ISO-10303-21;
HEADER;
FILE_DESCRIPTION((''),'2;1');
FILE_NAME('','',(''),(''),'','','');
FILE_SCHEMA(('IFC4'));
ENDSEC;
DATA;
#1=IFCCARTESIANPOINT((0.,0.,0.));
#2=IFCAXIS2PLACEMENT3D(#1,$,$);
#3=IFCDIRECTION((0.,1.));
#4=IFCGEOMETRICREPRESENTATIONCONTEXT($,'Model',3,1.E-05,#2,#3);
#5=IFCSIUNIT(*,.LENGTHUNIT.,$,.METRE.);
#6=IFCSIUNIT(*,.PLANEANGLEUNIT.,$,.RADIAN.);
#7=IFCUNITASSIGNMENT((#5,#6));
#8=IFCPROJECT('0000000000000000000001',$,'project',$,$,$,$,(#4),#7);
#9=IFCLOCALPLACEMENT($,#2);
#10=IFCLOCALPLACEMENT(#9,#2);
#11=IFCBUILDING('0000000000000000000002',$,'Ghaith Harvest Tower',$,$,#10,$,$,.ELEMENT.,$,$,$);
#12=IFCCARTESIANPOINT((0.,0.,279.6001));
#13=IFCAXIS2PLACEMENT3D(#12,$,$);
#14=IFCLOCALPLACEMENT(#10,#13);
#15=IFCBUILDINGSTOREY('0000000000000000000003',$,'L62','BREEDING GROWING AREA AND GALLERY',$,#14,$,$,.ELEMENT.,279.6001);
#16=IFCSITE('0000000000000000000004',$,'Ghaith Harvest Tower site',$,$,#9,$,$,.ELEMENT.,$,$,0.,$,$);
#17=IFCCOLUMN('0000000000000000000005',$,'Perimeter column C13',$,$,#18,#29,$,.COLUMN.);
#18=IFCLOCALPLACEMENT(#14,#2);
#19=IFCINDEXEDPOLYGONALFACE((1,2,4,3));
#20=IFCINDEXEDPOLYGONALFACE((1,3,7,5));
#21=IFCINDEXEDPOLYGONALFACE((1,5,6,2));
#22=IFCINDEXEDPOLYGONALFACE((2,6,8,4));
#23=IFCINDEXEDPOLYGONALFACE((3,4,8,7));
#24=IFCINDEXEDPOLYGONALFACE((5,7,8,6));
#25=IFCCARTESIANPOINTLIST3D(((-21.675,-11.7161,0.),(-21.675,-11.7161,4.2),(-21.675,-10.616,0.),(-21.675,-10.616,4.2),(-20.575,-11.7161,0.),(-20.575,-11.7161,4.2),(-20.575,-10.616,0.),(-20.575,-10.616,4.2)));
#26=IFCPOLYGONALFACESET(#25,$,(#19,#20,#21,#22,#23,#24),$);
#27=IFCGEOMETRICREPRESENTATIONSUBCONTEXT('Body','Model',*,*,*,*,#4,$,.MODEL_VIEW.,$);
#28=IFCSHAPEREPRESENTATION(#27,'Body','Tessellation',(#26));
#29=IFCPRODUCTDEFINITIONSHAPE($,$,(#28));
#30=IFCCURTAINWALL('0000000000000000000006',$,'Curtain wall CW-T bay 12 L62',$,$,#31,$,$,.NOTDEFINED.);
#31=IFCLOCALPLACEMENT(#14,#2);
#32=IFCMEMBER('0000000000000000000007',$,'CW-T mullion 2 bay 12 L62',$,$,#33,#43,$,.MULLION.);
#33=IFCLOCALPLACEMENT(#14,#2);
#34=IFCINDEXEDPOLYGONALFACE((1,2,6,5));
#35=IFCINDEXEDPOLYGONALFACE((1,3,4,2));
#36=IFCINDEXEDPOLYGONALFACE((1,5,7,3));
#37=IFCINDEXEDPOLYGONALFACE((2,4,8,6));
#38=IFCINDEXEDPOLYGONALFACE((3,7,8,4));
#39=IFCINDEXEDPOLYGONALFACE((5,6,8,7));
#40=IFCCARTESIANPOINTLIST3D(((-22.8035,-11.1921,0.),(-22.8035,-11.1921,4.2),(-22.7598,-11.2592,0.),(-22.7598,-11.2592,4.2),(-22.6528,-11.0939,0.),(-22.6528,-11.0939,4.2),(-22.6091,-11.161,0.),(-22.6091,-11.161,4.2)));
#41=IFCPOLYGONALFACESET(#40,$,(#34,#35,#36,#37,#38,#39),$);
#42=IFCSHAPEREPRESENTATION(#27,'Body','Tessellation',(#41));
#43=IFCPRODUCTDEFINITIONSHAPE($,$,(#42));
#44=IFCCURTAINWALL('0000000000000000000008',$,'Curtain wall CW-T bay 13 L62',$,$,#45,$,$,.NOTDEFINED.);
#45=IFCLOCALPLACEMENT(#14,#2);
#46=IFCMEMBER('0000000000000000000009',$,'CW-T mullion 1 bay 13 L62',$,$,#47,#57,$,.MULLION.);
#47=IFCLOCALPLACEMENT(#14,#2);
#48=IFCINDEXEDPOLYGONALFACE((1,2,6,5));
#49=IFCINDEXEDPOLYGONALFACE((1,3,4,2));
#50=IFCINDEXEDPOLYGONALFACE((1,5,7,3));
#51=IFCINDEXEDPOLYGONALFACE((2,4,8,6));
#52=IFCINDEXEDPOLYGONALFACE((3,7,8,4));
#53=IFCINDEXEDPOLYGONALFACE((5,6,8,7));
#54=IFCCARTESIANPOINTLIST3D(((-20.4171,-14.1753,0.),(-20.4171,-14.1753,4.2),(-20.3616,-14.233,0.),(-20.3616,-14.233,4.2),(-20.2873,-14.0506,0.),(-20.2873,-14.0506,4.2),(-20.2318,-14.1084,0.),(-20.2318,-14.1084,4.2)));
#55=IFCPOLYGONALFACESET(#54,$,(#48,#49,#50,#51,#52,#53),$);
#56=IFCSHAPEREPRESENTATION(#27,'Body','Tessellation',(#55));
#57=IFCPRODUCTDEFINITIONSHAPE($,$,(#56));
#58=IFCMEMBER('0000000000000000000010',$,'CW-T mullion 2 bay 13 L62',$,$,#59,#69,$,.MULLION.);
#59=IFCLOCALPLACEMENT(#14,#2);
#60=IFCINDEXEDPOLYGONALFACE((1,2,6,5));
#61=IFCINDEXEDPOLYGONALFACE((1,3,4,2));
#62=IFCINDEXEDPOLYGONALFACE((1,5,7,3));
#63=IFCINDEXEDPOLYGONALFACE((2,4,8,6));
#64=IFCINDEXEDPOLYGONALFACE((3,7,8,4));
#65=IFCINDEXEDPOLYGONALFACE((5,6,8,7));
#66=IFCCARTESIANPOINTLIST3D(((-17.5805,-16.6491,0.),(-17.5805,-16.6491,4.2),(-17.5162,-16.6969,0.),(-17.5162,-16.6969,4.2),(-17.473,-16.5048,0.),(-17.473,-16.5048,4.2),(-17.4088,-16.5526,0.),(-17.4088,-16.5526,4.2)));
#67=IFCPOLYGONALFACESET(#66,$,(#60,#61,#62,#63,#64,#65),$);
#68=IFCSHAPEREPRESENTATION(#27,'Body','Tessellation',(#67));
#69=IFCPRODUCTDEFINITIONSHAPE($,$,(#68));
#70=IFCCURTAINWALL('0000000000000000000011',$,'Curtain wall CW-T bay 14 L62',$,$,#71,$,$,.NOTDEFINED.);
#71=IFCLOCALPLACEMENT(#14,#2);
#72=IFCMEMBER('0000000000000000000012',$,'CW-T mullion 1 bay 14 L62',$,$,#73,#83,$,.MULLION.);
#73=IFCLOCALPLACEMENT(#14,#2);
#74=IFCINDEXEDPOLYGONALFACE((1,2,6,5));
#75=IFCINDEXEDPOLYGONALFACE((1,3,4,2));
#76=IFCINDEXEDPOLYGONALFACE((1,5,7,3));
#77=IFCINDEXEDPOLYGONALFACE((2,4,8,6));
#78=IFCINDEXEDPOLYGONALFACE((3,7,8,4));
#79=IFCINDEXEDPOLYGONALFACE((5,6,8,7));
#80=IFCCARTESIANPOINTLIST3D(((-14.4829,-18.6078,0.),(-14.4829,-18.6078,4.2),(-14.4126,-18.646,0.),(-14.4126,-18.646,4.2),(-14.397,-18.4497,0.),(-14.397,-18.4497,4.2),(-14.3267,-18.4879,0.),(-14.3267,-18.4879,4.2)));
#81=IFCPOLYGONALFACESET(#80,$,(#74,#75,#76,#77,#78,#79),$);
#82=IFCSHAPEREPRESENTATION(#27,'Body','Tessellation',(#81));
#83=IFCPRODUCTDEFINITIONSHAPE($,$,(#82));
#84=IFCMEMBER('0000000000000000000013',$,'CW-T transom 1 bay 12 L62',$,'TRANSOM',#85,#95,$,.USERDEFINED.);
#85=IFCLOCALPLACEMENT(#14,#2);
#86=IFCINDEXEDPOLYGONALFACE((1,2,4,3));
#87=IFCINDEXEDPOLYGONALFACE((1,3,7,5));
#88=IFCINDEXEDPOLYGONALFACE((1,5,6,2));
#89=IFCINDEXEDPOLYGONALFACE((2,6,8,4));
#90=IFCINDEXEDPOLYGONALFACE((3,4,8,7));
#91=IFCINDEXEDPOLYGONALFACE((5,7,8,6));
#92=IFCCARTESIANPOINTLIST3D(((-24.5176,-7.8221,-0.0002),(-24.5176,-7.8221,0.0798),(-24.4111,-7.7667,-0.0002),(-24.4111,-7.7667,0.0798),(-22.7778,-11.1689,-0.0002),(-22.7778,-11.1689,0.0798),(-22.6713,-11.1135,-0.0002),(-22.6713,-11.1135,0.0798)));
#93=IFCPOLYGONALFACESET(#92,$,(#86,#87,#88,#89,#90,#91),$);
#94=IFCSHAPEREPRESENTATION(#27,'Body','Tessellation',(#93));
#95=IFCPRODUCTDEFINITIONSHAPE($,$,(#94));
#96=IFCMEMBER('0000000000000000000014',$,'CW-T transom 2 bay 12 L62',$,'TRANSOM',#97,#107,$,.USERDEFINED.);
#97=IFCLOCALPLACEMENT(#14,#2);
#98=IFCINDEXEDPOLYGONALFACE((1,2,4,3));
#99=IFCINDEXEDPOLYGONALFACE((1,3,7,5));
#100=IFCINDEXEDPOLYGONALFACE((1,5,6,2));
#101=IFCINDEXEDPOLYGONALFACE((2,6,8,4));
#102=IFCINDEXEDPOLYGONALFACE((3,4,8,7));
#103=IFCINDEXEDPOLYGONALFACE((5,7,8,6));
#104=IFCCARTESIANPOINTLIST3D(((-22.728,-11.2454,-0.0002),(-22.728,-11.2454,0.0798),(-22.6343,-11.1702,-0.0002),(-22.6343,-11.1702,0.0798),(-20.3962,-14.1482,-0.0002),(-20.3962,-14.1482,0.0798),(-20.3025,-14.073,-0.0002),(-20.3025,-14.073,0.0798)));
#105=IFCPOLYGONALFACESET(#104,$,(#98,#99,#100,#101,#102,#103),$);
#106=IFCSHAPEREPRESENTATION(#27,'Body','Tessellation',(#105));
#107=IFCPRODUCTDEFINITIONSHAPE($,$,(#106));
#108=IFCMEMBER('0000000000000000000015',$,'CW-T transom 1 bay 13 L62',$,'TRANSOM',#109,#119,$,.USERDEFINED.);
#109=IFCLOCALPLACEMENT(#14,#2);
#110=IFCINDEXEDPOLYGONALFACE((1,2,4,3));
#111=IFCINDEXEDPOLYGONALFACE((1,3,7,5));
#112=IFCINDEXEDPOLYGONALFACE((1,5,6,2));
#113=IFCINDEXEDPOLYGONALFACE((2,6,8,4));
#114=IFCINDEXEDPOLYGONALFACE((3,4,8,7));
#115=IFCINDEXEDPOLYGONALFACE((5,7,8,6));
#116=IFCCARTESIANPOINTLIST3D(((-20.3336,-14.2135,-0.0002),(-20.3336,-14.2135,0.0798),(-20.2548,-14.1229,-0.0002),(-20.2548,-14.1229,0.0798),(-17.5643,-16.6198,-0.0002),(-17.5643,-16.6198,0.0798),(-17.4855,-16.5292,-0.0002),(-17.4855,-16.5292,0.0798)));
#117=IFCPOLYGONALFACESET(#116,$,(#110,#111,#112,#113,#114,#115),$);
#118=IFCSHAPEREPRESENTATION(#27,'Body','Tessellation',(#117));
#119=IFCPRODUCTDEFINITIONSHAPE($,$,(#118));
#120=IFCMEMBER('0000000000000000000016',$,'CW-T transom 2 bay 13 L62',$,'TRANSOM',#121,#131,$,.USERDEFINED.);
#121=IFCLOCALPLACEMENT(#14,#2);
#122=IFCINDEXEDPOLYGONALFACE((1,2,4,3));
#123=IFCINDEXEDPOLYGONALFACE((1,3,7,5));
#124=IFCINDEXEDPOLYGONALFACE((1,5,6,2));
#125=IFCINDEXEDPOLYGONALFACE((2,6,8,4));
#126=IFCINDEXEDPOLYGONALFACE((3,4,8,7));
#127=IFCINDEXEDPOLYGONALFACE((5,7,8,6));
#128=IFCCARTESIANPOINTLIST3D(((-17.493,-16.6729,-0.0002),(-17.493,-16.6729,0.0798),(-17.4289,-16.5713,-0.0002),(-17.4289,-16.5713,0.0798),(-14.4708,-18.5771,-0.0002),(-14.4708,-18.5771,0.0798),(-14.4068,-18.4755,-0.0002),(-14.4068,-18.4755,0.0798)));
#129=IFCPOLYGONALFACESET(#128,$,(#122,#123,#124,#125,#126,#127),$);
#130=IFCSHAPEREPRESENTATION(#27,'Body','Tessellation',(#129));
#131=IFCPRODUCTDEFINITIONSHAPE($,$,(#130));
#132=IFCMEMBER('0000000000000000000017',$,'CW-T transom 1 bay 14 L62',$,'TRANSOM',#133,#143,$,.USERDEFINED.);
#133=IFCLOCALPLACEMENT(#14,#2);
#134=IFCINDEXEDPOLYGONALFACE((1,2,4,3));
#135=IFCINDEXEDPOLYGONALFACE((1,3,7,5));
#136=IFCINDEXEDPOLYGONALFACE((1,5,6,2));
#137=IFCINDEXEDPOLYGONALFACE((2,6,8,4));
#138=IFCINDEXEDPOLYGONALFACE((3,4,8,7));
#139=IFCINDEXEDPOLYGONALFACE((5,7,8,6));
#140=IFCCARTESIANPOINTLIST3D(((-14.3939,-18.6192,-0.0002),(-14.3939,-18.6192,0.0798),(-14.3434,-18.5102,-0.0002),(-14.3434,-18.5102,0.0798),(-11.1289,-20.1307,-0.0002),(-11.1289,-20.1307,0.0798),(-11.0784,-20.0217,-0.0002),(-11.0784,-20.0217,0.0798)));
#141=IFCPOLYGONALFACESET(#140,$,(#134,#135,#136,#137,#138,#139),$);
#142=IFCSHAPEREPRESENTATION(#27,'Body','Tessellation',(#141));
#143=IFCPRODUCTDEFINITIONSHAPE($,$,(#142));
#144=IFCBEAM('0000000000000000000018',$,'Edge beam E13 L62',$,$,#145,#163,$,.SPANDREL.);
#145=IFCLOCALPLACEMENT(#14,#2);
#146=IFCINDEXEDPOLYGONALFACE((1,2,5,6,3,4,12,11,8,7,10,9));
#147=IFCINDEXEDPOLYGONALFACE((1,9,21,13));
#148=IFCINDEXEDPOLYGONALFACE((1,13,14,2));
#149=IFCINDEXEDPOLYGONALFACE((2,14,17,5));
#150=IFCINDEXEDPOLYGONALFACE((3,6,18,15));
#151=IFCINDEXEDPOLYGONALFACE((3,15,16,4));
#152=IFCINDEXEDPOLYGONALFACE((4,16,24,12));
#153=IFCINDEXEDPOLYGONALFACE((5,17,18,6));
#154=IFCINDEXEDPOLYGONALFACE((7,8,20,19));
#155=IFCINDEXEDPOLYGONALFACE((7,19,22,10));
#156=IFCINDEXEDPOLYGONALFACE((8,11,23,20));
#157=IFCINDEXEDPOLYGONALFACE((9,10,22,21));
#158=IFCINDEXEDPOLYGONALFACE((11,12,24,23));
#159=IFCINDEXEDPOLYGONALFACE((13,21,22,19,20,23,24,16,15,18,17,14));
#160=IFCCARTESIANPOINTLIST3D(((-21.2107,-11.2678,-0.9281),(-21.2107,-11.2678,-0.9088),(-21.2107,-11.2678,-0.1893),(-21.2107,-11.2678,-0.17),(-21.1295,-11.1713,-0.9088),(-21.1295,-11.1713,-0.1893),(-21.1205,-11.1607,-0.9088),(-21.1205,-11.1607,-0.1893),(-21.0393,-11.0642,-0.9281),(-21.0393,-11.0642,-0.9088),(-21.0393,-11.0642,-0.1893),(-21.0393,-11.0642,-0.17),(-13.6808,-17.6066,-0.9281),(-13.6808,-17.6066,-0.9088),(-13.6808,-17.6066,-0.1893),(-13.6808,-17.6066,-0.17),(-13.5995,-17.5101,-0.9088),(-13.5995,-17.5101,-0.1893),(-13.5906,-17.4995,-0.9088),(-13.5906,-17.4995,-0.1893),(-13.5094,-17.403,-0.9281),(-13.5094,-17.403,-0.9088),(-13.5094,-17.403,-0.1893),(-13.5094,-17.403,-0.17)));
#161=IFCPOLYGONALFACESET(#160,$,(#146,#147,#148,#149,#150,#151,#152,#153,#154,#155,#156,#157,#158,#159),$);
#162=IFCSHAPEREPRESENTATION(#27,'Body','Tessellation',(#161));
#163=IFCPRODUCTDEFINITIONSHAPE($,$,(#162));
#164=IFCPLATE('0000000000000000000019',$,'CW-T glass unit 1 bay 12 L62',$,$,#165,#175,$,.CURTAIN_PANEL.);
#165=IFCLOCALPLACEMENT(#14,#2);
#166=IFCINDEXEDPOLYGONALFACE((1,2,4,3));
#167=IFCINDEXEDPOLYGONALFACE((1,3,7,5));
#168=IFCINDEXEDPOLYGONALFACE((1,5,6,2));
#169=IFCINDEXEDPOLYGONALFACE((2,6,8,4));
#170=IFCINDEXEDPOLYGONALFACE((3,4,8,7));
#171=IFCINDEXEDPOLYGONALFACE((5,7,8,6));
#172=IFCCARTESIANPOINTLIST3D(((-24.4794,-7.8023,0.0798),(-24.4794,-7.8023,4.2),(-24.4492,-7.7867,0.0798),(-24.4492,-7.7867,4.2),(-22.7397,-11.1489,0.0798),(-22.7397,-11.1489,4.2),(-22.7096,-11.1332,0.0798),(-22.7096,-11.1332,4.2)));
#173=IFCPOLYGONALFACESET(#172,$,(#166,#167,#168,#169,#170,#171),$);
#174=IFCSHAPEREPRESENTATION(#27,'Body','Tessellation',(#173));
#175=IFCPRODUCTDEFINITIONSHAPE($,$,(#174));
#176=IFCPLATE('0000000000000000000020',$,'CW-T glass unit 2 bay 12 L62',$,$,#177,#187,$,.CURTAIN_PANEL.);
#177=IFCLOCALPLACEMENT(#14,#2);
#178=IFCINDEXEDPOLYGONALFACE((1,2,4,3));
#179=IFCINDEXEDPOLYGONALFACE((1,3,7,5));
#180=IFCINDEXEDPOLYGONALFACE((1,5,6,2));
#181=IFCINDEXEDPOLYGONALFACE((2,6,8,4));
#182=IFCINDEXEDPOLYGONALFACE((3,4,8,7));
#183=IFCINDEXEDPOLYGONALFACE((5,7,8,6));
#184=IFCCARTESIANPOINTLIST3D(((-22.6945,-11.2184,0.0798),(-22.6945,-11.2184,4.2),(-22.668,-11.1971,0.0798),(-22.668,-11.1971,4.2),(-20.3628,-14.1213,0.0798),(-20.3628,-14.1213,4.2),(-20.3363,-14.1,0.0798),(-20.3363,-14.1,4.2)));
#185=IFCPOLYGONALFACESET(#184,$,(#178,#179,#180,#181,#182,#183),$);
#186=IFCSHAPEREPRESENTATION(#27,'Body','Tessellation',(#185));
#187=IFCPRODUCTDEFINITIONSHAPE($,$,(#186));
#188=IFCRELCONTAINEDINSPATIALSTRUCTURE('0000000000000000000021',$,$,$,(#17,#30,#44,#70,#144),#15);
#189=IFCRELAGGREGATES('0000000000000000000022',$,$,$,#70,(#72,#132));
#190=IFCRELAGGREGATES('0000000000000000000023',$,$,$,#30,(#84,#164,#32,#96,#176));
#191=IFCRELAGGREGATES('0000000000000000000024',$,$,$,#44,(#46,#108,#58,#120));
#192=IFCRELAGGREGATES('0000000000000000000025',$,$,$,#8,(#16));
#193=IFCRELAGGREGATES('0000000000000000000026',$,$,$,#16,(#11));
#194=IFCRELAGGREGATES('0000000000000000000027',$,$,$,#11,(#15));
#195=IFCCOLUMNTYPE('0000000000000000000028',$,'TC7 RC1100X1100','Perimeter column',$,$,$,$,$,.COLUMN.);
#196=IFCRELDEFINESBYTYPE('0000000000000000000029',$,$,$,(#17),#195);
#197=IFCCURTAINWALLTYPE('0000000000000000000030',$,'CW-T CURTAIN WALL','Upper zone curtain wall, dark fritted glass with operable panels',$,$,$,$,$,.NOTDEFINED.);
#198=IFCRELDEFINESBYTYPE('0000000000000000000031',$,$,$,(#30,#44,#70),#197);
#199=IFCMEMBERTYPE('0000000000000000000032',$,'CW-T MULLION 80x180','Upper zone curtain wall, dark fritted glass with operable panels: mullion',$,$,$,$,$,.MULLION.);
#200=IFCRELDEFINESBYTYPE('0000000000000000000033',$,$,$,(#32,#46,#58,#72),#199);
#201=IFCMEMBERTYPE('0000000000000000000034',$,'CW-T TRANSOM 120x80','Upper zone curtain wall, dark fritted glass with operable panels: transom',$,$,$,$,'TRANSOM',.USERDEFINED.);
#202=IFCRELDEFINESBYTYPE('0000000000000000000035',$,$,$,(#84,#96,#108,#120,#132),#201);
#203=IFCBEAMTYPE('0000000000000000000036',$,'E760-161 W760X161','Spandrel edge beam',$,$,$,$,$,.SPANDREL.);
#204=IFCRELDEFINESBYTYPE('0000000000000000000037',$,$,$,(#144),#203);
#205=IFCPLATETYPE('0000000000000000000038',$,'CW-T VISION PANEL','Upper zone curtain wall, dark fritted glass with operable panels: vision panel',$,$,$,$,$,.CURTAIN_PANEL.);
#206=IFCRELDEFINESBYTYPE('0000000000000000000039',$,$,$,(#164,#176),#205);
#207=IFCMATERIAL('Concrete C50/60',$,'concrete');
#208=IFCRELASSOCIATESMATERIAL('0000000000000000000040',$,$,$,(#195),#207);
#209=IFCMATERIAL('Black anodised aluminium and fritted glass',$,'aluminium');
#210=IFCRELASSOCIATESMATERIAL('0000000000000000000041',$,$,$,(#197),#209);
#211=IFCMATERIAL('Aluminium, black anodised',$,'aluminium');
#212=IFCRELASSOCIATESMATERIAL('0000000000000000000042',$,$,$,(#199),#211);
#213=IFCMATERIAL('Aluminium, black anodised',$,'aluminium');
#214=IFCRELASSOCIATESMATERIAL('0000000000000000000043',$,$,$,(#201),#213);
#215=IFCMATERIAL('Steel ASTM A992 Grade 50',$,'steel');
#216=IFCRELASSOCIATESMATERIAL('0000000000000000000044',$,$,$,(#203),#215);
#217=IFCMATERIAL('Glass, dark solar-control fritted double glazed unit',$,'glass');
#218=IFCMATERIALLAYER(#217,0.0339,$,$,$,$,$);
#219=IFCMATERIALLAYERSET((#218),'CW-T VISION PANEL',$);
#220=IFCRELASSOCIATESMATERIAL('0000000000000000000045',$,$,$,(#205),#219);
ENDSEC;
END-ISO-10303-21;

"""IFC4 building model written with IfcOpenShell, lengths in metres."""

from ifc_helpers import new_model, si_unit, direction, frame, origin, origin_2d, place, context, subcontext, project, spatial, rectangle, i_section, extrude, material, layer, layer_set, material_profile, profile_set, type_object, element, aggregate, save


model = new_model("IFC4")

# Units and contexts
model_context = context("Model", 3, precision=1e-05, world=origin(), true_north=direction((0.0, 1.0)))
body_context = subcontext(model_context, "Body", "Model", "MODEL_VIEW")
ifc_project = project(units=[si_unit("LENGTHUNIT", "METRE"), si_unit("PLANEANGLEUNIT", "RADIAN")], contexts=[model_context])

# Site, building, storey
site_placement = place(None, origin())
site = spatial("IfcSite", under=ifc_project, at=site_placement, Name="Ghaith Harvest Tower site", CompositionType="ELEMENT", RefElevation=0.0)
building_placement = place(site_placement, origin())
building = spatial("IfcBuilding", under=site, at=building_placement, Name="Ghaith Harvest Tower", CompositionType="ELEMENT")
storey_placement = place(building_placement, frame((0.0, 0.0, 279.6001)))
storey = spatial("IfcBuildingStorey", under=building, at=storey_placement, Name="L62", Description="BREEDING GROWING AREA AND GALLERY", CompositionType="ELEMENT", Elevation=279.6001)

# Column
ifc_material_1 = material(Name="Concrete C50/60", Category="concrete")
ifc_material_profile_1 = material_profile(ifc_material_1, rectangle(XDim=1.1001, YDim=1.1001, at=origin_2d()), Name="RC1100X1100")
ifc_profile_set_1 = profile_set([ifc_material_profile_1], Name="Concrete C50/60")
column_type = type_object("IfcColumnType", Name="TC7 RC1100X1100", Description="Perimeter column", PredefinedType="COLUMN", material=ifc_profile_set_1)
column_placement = place(storey_placement, frame((-21.125, -11.166, 0.0), z_axis=(0.0, 0.0, 1.0), x_axis=(1.0, 0.0, 0.0)))
element("IfcColumn", 1, at=column_placement, inside=storey, type_object=column_type, Name="Perimeter column C13", PredefinedType="COLUMN", context=body_context, shape_type="SweptSolid", body=[
    extrude(rectangle(XDim=1.1001, YDim=1.1001, at=origin_2d()), origin(), (0.0, 0.0, 1.0), 4.2),
])

# Curtain wall, member
ifc_material_2 = material(Name="Black anodised aluminium and fritted glass", Category="aluminium")
curtain_wall_type = type_object("IfcCurtainWallType", Name="CW-T CURTAIN WALL", Description="Upper zone curtain wall, dark fritted glass with operable panels", PredefinedType="NOTDEFINED", material=ifc_material_2)
curtain_wall_1_placement = place(storey_placement, origin())
curtain_wall_1 = element("IfcCurtainWall", 2, at=curtain_wall_1_placement, inside=storey, type_object=curtain_wall_type, Name="Curtain wall CW-T bay 12 L62", PredefinedType="NOTDEFINED")
ifc_material_3 = material(Name="Aluminium, black anodised", Category="aluminium")
ifc_material_profile_2 = material_profile(ifc_material_3, rectangle(XDim=0.0801, YDim=0.1799, at=origin_2d()), Name="CW-T MULLION 80x180")
ifc_profile_set_2 = profile_set([ifc_material_profile_2], Name="Aluminium, black anodised")
member_type_1 = type_object("IfcMemberType", Name="CW-T MULLION 80x180", Description="Upper zone curtain wall, dark fritted glass with operable panels: mullion", PredefinedType="MULLION", material=ifc_profile_set_2)
member_1_placement = place(storey_placement, frame((-22.7063, -11.1765, 0.0), z_axis=(0.0, 0.0, 1.0), x_axis=(0.545865, -0.837873, 0.0)))
member_1 = element("IfcMember", 3, at=member_1_placement, type_object=member_type_1, Name="CW-T mullion 2 bay 12 L62", PredefinedType="MULLION", context=body_context, shape_type="SweptSolid", body=[
    extrude(rectangle(XDim=0.0801, YDim=0.1799, at=origin_2d()), origin(), (0.0, 0.0, 1.0), 4.2),
])

# Curtain wall, members
curtain_wall_2_placement = place(storey_placement, origin())
curtain_wall_2 = element("IfcCurtainWall", 4, at=curtain_wall_2_placement, inside=storey, type_object=curtain_wall_type, Name="Curtain wall CW-T bay 13 L62", PredefinedType="NOTDEFINED")
member_2_placement = place(storey_placement, frame((-20.3245, -14.1418, 0.0), z_axis=(0.0, 0.0, 1.0), x_axis=(0.692826, -0.721104, 0.0)))
member_2 = element("IfcMember", 5, at=member_2_placement, type_object=member_type_1, Name="CW-T mullion 1 bay 13 L62", PredefinedType="MULLION", context=body_context, shape_type="SweptSolid", body=[
    extrude(rectangle(XDim=0.0801, YDim=0.1799, at=origin_2d()), origin(), (0.0, 0.0, 1.0), 4.2),
])
member_3_placement = place(storey_placement, frame((-17.4946, -16.6008, 0.0), z_axis=(0.0, 0.0, 1.0), x_axis=(0.80219, -0.597069, 0.0)))
member_3 = element("IfcMember", 6, at=member_3_placement, type_object=member_type_1, Name="CW-T mullion 2 bay 13 L62", PredefinedType="MULLION", context=body_context, shape_type="SweptSolid", body=[
    extrude(rectangle(XDim=0.0801, YDim=0.1799, at=origin_2d()), origin(), (0.0, 0.0, 1.0), 4.2),
])

# Curtain wall, member
curtain_wall_3_placement = place(storey_placement, origin())
curtain_wall_3 = element("IfcCurtainWall", 7, at=curtain_wall_3_placement, inside=storey, type_object=curtain_wall_type, Name="Curtain wall CW-T bay 14 L62", PredefinedType="NOTDEFINED")
member_4_placement = place(storey_placement, frame((-14.4048, -18.5479, 0.0), z_axis=(0.0, 0.0, 1.0), x_axis=(0.878672, -0.477426, 0.0)))
member_4 = element("IfcMember", 8, at=member_4_placement, type_object=member_type_1, Name="CW-T mullion 1 bay 14 L62", PredefinedType="MULLION", context=body_context, shape_type="SweptSolid", body=[
    extrude(rectangle(XDim=0.0801, YDim=0.1799, at=origin_2d()), origin(), (0.0, 0.0, 1.0), 4.2),
])

# Members
ifc_material_4 = material(Name="Aluminium, black anodised", Category="aluminium")
ifc_material_profile_3 = material_profile(ifc_material_4, rectangle(XDim=0.1201, YDim=0.0801, at=origin_2d()), Name="CW-T TRANSOM 120x80")
ifc_profile_set_3 = profile_set([ifc_material_profile_3], Name="Aluminium, black anodised")
member_type_2 = type_object("IfcMemberType", Name="CW-T TRANSOM 120x80", Description="Upper zone curtain wall, dark fritted glass with operable panels: transom", ElementType="TRANSOM", PredefinedType="USERDEFINED", material=ifc_profile_set_3)
member_5_placement = place(storey_placement, frame((-24.4644, -7.7944, 0.0398), z_axis=(0.461243, -0.887274, 0.0), x_axis=(0.887274, 0.461243, 0.0)))
member_5 = element("IfcMember", 9, at=member_5_placement, type_object=member_type_2, Name="CW-T transom 1 bay 12 L62", ObjectType="TRANSOM", PredefinedType="USERDEFINED", context=body_context, shape_type="SweptSolid", body=[
    extrude(rectangle(XDim=0.1201, YDim=0.0801, at=origin_2d()), origin(), (0.0, 0.0, 1.0), 3.772),
])
member_6_placement = place(storey_placement, frame((-22.6812, -11.2078, 0.0398), z_axis=(0.626253, -0.77962, 0.0), x_axis=(0.77962, 0.626253, 0.0)))
member_6 = element("IfcMember", 10, at=member_6_placement, type_object=member_type_2, Name="CW-T transom 2 bay 12 L62", ObjectType="TRANSOM", PredefinedType="USERDEFINED", context=body_context, shape_type="SweptSolid", body=[
    extrude(rectangle(XDim=0.1201, YDim=0.0801, at=origin_2d()), origin(), (0.0, 0.0, 1.0), 3.7234),
])
member_7_placement = place(storey_placement, frame((-20.2942, -14.1682, 0.0398), z_axis=(0.754852, -0.655895, 0.0), x_axis=(0.655895, 0.754852, 0.0)))
member_7 = element("IfcMember", 11, at=member_7_placement, type_object=member_type_2, Name="CW-T transom 1 bay 13 L62", ObjectType="TRANSOM", PredefinedType="USERDEFINED", context=body_context, shape_type="SweptSolid", body=[
    extrude(rectangle(XDim=0.1201, YDim=0.0801, at=origin_2d()), origin(), (0.0, 0.0, 1.0), 3.6687),
])
member_8_placement = place(storey_placement, frame((-17.4609, -16.6221, 0.0398), z_axis=(0.846054, -0.533098, 0.0), x_axis=(0.533098, 0.846054, 0.0)))
member_8 = element("IfcMember", 12, at=member_8_placement, type_object=member_type_2, Name="CW-T transom 2 bay 13 L62", ObjectType="TRANSOM", PredefinedType="USERDEFINED", context=body_context, shape_type="SweptSolid", body=[
    extrude(rectangle(XDim=0.1201, YDim=0.0801, at=origin_2d()), origin(), (0.0, 0.0, 1.0), 3.572),
])
member_9_placement = place(storey_placement, frame((-14.3687, -18.5647, 0.0398), z_axis=(0.907472, -0.420112, 0.0), x_axis=(0.420112, 0.907472, 0.0)))
member_9 = element("IfcMember", 13, at=member_9_placement, type_object=member_type_2, Name="CW-T transom 1 bay 14 L62", ObjectType="TRANSOM", PredefinedType="USERDEFINED", context=body_context, shape_type="SweptSolid", body=[
    extrude(rectangle(XDim=0.1201, YDim=0.0801, at=origin_2d()), origin(), (0.0, 0.0, 1.0), 3.5979),
])
aggregate(curtain_wall_3, [member_4, member_9])

# Beam
ifc_material_5 = material(Name="Steel ASTM A992 Grade 50", Category="steel")
ifc_material_profile_4 = material_profile(ifc_material_5, i_section(OverallWidth=0.2661, OverallDepth=0.7581, WebThickness=0.0139, FlangeThickness=0.0193, at=origin_2d()), Name="W760X161")
ifc_profile_set_4 = profile_set([ifc_material_profile_4], Name="Steel ASTM A992 Grade 50")
beam_type = type_object("IfcBeamType", Name="E760-161 W760X161", Description="Spandrel edge beam", PredefinedType="SPANDREL", material=ifc_profile_set_4)
beam_placement = place(storey_placement, frame((-21.125, -11.166, -0.5491), z_axis=(0.765022, -0.644004, 0.0), x_axis=(0.644004, 0.765022, 0.0)))
element("IfcBeam", 14, at=beam_placement, inside=storey, type_object=beam_type, Name="Edge beam E13 L62", PredefinedType="SPANDREL", context=body_context, shape_type="SweptSolid", body=[
    extrude(i_section(OverallWidth=0.2661, OverallDepth=0.7581, WebThickness=0.0139, FlangeThickness=0.0193, at=origin_2d()), origin(), (0.0, 0.0, 1.0), 9.8428),
])

# Plates
ifc_material_6 = material(Name="Glass, dark solar-control fritted double glazed unit", Category="glass")
ifc_layer_1 = layer(ifc_material_6, 0.0339)
ifc_layer_set_1 = layer_set([ifc_layer_1], Name="CW-T VISION PANEL")
plate_type_1 = type_object("IfcPlateType", Name="CW-T VISION PANEL", Description="Upper zone curtain wall, dark fritted glass with operable panels: vision panel", PredefinedType="CURTAIN_PANEL", material=ifc_layer_set_1)
plate_1_placement = place(storey_placement, frame((-23.5945, -9.4678, 0.0798), z_axis=(0.0, 0.0, 1.0), x_axis=(0.46123, -0.887281, 0.0)))
plate_1 = element("IfcPlate", 15, at=plate_1_placement, type_object=plate_type_1, Name="CW-T glass unit 1 bay 12 L62", PredefinedType="CURTAIN_PANEL", context=body_context, shape_type="SweptSolid", body=[
    extrude(rectangle(XDim=3.7717, YDim=0.0339, at=origin_2d()), origin(), (0.0, 0.0, 1.0), 4.1201),
])
plate_2_placement = place(storey_placement, frame((-21.5154, -12.6592, 0.0798), z_axis=(0.0, 0.0, 1.0), x_axis=(0.62623, -0.779639, 0.0)))
plate_2 = element("IfcPlate", 16, at=plate_2_placement, type_object=plate_type_1, Name="CW-T glass unit 2 bay 12 L62", PredefinedType="CURTAIN_PANEL", context=body_context, shape_type="SweptSolid", body=[
    extrude(rectangle(XDim=3.7234, YDim=0.0339, at=origin_2d()), origin(), (0.0, 0.0, 1.0), 4.1201),
])
aggregate(curtain_wall_1, [member_5, plate_1, member_1, member_6, plate_2])
aggregate(curtain_wall_2, [member_2, member_7, member_3, member_8])

save(model, "model.ifc")
